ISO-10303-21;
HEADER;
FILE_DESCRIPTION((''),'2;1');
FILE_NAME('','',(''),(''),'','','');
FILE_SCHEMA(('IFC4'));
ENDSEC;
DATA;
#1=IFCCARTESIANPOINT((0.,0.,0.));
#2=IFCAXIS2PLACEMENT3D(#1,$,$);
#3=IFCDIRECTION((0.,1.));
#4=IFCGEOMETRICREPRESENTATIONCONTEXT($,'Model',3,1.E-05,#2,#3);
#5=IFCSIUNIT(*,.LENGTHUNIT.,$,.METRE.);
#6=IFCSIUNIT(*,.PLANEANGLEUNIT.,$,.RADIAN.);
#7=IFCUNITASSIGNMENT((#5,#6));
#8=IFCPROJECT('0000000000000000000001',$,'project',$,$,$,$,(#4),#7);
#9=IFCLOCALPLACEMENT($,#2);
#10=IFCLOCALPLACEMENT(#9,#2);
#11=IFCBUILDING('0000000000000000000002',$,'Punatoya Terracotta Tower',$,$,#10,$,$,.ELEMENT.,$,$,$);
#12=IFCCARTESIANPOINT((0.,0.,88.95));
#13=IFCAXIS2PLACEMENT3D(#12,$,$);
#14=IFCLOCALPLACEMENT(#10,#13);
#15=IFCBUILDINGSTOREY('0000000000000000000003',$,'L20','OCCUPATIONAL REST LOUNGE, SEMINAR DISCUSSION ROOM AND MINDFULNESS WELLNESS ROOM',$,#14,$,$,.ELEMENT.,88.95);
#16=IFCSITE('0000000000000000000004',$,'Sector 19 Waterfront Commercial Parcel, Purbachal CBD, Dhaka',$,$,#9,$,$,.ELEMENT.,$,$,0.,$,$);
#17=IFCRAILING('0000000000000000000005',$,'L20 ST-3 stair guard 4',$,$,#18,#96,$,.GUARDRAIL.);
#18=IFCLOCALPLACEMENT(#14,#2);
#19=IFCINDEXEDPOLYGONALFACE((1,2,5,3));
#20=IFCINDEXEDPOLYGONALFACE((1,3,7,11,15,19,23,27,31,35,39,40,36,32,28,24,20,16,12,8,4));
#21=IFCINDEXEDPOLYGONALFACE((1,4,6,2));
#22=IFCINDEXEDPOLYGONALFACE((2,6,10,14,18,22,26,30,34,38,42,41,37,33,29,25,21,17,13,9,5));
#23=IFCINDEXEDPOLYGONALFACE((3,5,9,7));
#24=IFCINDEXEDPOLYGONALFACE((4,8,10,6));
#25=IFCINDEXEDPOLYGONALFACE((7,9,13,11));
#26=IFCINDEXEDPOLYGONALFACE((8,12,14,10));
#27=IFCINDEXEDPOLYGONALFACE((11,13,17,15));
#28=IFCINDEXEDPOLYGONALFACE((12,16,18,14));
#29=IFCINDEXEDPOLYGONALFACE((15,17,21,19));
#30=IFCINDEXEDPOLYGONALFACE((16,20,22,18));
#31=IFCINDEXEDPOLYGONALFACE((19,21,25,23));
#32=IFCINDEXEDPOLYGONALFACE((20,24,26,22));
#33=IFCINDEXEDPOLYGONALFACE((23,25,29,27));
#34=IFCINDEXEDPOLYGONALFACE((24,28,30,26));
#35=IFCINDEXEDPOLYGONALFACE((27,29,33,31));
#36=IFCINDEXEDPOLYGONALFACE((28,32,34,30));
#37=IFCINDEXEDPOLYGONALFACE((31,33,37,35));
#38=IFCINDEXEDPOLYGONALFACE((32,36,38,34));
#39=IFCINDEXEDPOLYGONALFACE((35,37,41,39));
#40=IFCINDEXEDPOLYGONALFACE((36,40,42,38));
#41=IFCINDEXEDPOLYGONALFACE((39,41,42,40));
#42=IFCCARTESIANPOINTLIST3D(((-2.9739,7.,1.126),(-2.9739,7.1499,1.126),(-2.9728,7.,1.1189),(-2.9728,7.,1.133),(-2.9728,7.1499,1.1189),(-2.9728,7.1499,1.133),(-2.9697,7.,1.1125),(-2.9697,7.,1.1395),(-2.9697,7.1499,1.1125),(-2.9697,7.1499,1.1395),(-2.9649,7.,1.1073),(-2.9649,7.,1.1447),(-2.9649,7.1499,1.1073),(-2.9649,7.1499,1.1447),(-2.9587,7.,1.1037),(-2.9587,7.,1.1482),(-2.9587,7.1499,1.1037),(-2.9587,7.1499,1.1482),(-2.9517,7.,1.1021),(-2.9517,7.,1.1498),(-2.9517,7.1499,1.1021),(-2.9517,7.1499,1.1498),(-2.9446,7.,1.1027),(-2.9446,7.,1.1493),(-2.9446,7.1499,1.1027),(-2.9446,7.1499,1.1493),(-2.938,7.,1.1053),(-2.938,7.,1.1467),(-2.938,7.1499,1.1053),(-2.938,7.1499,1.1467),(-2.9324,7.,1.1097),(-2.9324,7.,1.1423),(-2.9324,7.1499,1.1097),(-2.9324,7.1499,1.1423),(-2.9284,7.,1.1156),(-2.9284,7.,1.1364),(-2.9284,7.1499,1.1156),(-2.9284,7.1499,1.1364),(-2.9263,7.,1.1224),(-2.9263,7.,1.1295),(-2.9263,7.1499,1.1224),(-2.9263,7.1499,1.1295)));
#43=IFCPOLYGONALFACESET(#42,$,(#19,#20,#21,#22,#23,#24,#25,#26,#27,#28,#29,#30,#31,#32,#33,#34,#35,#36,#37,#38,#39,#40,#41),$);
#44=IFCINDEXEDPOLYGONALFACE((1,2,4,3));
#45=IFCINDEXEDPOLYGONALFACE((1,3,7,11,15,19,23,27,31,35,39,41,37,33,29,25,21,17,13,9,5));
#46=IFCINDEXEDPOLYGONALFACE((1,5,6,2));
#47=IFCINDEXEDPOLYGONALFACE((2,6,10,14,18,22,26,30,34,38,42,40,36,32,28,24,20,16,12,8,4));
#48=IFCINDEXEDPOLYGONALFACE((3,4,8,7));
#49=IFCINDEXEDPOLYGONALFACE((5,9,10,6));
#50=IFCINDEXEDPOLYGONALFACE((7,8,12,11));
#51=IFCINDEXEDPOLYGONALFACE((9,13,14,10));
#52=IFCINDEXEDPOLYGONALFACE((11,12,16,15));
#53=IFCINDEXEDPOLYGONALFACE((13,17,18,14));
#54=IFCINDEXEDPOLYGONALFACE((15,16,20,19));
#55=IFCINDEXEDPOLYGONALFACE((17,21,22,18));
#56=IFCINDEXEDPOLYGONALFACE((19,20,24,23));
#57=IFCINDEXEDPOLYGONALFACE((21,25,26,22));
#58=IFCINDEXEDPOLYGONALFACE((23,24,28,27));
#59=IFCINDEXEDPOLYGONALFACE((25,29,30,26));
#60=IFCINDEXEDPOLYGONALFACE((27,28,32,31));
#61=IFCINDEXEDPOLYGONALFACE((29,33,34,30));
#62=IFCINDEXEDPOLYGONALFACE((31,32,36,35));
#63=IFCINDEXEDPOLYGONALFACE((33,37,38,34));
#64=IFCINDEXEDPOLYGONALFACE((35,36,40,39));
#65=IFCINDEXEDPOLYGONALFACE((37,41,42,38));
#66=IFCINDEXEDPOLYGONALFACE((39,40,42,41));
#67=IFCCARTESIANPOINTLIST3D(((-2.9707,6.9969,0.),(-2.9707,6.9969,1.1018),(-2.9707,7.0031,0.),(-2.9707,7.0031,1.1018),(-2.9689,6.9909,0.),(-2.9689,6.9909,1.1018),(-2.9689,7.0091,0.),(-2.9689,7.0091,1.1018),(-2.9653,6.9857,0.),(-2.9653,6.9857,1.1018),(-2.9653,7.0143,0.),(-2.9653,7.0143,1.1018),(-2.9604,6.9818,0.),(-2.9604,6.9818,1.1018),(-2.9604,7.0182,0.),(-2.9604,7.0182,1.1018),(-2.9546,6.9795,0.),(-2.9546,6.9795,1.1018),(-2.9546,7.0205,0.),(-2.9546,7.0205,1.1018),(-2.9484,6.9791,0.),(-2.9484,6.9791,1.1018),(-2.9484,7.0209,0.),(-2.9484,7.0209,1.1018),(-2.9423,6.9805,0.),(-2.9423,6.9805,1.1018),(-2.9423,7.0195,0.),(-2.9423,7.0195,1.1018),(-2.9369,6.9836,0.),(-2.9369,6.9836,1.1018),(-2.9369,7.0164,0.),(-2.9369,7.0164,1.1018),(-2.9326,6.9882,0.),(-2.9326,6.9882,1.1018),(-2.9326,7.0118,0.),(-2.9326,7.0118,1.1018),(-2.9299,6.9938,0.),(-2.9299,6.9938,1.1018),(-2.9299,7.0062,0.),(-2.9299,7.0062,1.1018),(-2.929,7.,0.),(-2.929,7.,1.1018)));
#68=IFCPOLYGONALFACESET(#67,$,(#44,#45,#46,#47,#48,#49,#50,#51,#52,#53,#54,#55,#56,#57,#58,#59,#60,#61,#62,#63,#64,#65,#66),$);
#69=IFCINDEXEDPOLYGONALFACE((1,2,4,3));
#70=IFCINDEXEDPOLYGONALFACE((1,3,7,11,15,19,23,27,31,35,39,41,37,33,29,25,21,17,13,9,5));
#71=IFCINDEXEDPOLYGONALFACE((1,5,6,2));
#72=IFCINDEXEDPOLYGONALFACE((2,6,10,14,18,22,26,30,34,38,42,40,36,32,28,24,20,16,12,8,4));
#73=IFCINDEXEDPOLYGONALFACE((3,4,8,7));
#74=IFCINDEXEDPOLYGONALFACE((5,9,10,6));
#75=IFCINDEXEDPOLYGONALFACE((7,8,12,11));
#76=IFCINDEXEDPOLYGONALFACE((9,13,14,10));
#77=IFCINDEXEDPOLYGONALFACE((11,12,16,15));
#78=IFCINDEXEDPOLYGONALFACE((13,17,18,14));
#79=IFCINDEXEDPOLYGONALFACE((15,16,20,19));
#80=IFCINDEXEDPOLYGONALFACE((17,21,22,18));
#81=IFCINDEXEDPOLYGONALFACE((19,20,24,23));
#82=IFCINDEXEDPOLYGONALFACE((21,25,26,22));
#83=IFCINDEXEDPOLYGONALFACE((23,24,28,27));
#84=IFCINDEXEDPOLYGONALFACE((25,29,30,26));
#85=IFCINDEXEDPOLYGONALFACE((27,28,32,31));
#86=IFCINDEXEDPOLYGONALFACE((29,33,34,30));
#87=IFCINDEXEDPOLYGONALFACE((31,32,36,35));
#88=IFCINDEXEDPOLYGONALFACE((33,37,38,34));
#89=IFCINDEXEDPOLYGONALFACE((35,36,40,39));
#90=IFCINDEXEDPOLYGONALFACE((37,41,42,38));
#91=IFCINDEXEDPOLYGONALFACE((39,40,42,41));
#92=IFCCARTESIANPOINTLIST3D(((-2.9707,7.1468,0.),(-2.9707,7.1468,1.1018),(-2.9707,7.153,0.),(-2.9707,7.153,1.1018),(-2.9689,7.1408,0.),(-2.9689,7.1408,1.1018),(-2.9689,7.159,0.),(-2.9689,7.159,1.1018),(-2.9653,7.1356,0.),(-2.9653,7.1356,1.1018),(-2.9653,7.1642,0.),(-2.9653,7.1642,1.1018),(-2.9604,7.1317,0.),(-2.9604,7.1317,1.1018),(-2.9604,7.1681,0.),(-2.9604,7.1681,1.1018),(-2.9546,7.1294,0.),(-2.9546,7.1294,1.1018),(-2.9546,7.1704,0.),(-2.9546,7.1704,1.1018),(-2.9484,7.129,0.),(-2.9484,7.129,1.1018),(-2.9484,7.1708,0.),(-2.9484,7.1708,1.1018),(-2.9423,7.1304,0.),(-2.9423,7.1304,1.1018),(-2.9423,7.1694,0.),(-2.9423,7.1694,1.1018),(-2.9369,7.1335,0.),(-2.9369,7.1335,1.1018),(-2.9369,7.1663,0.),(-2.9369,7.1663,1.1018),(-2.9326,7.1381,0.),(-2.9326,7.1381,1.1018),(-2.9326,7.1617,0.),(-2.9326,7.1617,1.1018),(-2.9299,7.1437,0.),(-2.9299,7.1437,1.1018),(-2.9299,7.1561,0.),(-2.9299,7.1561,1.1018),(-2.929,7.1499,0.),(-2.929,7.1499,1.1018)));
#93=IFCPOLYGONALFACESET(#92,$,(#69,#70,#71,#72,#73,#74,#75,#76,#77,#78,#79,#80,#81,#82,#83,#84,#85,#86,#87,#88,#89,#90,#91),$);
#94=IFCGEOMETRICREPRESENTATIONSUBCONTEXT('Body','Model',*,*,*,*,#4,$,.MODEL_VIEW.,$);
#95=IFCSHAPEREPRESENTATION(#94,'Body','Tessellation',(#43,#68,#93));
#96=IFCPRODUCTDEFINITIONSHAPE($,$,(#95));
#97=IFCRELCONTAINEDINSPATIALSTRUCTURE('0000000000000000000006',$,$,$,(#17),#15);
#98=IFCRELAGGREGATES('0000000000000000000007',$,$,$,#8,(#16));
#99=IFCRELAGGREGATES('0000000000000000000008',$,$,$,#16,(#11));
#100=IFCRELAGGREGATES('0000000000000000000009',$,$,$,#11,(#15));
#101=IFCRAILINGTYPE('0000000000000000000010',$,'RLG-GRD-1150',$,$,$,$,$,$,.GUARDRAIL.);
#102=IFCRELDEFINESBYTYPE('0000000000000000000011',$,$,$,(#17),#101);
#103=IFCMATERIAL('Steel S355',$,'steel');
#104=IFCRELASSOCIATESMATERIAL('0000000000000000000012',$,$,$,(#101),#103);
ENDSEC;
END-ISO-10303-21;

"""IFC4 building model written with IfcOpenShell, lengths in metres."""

from ifc_helpers import new_model, si_unit, direction, frame, origin, origin_2d, place, context, subcontext, project, spatial, circle, extrude, material, type_object, element, save


model = new_model("IFC4")

# Units and contexts
model_context = context("Model", 3, precision=1e-05, world=origin(), true_north=direction((0.0, 1.0)))
body_context = subcontext(model_context, "Body", "Model", "MODEL_VIEW")
ifc_project = project(units=[si_unit("LENGTHUNIT", "METRE"), si_unit("PLANEANGLEUNIT", "RADIAN")], contexts=[model_context])

# Site, building, storey
site_placement = place(None, origin())
site = spatial("IfcSite", under=ifc_project, at=site_placement, Name="Sector 19 Waterfront Commercial Parcel, Purbachal CBD, Dhaka", CompositionType="ELEMENT", RefElevation=0.0)
building_placement = place(site_placement, origin())
building = spatial("IfcBuilding", under=site, at=building_placement, Name="Punatoya Terracotta Tower", CompositionType="ELEMENT")
storey_placement = place(building_placement, frame((0.0, 0.0, 88.95)))
storey = spatial("IfcBuildingStorey", under=building, at=storey_placement, Name="L20", Description="OCCUPATIONAL REST LOUNGE, SEMINAR DISCUSSION ROOM AND MINDFULNESS WELLNESS ROOM", CompositionType="ELEMENT", Elevation=88.95)

# Shared definitions
ifc_material_1 = material(Name="Steel S355", Category="steel")

# Railing
railing_type_1 = type_object("IfcRailingType", Name="RLG-GRD-1150", PredefinedType="GUARDRAIL", material=ifc_material_1)
railing_1_placement = place(storey_placement, frame((-2.95, 7.0, 0.0)))
element("IfcRailing", 1, at=railing_1_placement, inside=storey, type_object=railing_type_1, Name="L20 ST-3 stair guard 4", PredefinedType="GUARDRAIL", context=body_context, shape_type="SweptSolid", body=[
    extrude(circle(Radius=0.0239, at=origin_2d()), frame((0.0, 0.0, 1.126), z_axis=(0.0, 1.0, 0.0), x_axis=(-1.0, 0.0, 0.0)), (0.0, 0.0, 1.0), 0.1499),
    extrude(circle(Radius=0.021, at=origin_2d()), origin(), (0.0, 0.0, 1.0), 1.1018),
    extrude(circle(Radius=0.021, at=origin_2d()), frame((0.0, 0.1499, 0.0)), (0.0, 0.0, 1.0), 1.1018),
])

save(model, "model.ifc")
